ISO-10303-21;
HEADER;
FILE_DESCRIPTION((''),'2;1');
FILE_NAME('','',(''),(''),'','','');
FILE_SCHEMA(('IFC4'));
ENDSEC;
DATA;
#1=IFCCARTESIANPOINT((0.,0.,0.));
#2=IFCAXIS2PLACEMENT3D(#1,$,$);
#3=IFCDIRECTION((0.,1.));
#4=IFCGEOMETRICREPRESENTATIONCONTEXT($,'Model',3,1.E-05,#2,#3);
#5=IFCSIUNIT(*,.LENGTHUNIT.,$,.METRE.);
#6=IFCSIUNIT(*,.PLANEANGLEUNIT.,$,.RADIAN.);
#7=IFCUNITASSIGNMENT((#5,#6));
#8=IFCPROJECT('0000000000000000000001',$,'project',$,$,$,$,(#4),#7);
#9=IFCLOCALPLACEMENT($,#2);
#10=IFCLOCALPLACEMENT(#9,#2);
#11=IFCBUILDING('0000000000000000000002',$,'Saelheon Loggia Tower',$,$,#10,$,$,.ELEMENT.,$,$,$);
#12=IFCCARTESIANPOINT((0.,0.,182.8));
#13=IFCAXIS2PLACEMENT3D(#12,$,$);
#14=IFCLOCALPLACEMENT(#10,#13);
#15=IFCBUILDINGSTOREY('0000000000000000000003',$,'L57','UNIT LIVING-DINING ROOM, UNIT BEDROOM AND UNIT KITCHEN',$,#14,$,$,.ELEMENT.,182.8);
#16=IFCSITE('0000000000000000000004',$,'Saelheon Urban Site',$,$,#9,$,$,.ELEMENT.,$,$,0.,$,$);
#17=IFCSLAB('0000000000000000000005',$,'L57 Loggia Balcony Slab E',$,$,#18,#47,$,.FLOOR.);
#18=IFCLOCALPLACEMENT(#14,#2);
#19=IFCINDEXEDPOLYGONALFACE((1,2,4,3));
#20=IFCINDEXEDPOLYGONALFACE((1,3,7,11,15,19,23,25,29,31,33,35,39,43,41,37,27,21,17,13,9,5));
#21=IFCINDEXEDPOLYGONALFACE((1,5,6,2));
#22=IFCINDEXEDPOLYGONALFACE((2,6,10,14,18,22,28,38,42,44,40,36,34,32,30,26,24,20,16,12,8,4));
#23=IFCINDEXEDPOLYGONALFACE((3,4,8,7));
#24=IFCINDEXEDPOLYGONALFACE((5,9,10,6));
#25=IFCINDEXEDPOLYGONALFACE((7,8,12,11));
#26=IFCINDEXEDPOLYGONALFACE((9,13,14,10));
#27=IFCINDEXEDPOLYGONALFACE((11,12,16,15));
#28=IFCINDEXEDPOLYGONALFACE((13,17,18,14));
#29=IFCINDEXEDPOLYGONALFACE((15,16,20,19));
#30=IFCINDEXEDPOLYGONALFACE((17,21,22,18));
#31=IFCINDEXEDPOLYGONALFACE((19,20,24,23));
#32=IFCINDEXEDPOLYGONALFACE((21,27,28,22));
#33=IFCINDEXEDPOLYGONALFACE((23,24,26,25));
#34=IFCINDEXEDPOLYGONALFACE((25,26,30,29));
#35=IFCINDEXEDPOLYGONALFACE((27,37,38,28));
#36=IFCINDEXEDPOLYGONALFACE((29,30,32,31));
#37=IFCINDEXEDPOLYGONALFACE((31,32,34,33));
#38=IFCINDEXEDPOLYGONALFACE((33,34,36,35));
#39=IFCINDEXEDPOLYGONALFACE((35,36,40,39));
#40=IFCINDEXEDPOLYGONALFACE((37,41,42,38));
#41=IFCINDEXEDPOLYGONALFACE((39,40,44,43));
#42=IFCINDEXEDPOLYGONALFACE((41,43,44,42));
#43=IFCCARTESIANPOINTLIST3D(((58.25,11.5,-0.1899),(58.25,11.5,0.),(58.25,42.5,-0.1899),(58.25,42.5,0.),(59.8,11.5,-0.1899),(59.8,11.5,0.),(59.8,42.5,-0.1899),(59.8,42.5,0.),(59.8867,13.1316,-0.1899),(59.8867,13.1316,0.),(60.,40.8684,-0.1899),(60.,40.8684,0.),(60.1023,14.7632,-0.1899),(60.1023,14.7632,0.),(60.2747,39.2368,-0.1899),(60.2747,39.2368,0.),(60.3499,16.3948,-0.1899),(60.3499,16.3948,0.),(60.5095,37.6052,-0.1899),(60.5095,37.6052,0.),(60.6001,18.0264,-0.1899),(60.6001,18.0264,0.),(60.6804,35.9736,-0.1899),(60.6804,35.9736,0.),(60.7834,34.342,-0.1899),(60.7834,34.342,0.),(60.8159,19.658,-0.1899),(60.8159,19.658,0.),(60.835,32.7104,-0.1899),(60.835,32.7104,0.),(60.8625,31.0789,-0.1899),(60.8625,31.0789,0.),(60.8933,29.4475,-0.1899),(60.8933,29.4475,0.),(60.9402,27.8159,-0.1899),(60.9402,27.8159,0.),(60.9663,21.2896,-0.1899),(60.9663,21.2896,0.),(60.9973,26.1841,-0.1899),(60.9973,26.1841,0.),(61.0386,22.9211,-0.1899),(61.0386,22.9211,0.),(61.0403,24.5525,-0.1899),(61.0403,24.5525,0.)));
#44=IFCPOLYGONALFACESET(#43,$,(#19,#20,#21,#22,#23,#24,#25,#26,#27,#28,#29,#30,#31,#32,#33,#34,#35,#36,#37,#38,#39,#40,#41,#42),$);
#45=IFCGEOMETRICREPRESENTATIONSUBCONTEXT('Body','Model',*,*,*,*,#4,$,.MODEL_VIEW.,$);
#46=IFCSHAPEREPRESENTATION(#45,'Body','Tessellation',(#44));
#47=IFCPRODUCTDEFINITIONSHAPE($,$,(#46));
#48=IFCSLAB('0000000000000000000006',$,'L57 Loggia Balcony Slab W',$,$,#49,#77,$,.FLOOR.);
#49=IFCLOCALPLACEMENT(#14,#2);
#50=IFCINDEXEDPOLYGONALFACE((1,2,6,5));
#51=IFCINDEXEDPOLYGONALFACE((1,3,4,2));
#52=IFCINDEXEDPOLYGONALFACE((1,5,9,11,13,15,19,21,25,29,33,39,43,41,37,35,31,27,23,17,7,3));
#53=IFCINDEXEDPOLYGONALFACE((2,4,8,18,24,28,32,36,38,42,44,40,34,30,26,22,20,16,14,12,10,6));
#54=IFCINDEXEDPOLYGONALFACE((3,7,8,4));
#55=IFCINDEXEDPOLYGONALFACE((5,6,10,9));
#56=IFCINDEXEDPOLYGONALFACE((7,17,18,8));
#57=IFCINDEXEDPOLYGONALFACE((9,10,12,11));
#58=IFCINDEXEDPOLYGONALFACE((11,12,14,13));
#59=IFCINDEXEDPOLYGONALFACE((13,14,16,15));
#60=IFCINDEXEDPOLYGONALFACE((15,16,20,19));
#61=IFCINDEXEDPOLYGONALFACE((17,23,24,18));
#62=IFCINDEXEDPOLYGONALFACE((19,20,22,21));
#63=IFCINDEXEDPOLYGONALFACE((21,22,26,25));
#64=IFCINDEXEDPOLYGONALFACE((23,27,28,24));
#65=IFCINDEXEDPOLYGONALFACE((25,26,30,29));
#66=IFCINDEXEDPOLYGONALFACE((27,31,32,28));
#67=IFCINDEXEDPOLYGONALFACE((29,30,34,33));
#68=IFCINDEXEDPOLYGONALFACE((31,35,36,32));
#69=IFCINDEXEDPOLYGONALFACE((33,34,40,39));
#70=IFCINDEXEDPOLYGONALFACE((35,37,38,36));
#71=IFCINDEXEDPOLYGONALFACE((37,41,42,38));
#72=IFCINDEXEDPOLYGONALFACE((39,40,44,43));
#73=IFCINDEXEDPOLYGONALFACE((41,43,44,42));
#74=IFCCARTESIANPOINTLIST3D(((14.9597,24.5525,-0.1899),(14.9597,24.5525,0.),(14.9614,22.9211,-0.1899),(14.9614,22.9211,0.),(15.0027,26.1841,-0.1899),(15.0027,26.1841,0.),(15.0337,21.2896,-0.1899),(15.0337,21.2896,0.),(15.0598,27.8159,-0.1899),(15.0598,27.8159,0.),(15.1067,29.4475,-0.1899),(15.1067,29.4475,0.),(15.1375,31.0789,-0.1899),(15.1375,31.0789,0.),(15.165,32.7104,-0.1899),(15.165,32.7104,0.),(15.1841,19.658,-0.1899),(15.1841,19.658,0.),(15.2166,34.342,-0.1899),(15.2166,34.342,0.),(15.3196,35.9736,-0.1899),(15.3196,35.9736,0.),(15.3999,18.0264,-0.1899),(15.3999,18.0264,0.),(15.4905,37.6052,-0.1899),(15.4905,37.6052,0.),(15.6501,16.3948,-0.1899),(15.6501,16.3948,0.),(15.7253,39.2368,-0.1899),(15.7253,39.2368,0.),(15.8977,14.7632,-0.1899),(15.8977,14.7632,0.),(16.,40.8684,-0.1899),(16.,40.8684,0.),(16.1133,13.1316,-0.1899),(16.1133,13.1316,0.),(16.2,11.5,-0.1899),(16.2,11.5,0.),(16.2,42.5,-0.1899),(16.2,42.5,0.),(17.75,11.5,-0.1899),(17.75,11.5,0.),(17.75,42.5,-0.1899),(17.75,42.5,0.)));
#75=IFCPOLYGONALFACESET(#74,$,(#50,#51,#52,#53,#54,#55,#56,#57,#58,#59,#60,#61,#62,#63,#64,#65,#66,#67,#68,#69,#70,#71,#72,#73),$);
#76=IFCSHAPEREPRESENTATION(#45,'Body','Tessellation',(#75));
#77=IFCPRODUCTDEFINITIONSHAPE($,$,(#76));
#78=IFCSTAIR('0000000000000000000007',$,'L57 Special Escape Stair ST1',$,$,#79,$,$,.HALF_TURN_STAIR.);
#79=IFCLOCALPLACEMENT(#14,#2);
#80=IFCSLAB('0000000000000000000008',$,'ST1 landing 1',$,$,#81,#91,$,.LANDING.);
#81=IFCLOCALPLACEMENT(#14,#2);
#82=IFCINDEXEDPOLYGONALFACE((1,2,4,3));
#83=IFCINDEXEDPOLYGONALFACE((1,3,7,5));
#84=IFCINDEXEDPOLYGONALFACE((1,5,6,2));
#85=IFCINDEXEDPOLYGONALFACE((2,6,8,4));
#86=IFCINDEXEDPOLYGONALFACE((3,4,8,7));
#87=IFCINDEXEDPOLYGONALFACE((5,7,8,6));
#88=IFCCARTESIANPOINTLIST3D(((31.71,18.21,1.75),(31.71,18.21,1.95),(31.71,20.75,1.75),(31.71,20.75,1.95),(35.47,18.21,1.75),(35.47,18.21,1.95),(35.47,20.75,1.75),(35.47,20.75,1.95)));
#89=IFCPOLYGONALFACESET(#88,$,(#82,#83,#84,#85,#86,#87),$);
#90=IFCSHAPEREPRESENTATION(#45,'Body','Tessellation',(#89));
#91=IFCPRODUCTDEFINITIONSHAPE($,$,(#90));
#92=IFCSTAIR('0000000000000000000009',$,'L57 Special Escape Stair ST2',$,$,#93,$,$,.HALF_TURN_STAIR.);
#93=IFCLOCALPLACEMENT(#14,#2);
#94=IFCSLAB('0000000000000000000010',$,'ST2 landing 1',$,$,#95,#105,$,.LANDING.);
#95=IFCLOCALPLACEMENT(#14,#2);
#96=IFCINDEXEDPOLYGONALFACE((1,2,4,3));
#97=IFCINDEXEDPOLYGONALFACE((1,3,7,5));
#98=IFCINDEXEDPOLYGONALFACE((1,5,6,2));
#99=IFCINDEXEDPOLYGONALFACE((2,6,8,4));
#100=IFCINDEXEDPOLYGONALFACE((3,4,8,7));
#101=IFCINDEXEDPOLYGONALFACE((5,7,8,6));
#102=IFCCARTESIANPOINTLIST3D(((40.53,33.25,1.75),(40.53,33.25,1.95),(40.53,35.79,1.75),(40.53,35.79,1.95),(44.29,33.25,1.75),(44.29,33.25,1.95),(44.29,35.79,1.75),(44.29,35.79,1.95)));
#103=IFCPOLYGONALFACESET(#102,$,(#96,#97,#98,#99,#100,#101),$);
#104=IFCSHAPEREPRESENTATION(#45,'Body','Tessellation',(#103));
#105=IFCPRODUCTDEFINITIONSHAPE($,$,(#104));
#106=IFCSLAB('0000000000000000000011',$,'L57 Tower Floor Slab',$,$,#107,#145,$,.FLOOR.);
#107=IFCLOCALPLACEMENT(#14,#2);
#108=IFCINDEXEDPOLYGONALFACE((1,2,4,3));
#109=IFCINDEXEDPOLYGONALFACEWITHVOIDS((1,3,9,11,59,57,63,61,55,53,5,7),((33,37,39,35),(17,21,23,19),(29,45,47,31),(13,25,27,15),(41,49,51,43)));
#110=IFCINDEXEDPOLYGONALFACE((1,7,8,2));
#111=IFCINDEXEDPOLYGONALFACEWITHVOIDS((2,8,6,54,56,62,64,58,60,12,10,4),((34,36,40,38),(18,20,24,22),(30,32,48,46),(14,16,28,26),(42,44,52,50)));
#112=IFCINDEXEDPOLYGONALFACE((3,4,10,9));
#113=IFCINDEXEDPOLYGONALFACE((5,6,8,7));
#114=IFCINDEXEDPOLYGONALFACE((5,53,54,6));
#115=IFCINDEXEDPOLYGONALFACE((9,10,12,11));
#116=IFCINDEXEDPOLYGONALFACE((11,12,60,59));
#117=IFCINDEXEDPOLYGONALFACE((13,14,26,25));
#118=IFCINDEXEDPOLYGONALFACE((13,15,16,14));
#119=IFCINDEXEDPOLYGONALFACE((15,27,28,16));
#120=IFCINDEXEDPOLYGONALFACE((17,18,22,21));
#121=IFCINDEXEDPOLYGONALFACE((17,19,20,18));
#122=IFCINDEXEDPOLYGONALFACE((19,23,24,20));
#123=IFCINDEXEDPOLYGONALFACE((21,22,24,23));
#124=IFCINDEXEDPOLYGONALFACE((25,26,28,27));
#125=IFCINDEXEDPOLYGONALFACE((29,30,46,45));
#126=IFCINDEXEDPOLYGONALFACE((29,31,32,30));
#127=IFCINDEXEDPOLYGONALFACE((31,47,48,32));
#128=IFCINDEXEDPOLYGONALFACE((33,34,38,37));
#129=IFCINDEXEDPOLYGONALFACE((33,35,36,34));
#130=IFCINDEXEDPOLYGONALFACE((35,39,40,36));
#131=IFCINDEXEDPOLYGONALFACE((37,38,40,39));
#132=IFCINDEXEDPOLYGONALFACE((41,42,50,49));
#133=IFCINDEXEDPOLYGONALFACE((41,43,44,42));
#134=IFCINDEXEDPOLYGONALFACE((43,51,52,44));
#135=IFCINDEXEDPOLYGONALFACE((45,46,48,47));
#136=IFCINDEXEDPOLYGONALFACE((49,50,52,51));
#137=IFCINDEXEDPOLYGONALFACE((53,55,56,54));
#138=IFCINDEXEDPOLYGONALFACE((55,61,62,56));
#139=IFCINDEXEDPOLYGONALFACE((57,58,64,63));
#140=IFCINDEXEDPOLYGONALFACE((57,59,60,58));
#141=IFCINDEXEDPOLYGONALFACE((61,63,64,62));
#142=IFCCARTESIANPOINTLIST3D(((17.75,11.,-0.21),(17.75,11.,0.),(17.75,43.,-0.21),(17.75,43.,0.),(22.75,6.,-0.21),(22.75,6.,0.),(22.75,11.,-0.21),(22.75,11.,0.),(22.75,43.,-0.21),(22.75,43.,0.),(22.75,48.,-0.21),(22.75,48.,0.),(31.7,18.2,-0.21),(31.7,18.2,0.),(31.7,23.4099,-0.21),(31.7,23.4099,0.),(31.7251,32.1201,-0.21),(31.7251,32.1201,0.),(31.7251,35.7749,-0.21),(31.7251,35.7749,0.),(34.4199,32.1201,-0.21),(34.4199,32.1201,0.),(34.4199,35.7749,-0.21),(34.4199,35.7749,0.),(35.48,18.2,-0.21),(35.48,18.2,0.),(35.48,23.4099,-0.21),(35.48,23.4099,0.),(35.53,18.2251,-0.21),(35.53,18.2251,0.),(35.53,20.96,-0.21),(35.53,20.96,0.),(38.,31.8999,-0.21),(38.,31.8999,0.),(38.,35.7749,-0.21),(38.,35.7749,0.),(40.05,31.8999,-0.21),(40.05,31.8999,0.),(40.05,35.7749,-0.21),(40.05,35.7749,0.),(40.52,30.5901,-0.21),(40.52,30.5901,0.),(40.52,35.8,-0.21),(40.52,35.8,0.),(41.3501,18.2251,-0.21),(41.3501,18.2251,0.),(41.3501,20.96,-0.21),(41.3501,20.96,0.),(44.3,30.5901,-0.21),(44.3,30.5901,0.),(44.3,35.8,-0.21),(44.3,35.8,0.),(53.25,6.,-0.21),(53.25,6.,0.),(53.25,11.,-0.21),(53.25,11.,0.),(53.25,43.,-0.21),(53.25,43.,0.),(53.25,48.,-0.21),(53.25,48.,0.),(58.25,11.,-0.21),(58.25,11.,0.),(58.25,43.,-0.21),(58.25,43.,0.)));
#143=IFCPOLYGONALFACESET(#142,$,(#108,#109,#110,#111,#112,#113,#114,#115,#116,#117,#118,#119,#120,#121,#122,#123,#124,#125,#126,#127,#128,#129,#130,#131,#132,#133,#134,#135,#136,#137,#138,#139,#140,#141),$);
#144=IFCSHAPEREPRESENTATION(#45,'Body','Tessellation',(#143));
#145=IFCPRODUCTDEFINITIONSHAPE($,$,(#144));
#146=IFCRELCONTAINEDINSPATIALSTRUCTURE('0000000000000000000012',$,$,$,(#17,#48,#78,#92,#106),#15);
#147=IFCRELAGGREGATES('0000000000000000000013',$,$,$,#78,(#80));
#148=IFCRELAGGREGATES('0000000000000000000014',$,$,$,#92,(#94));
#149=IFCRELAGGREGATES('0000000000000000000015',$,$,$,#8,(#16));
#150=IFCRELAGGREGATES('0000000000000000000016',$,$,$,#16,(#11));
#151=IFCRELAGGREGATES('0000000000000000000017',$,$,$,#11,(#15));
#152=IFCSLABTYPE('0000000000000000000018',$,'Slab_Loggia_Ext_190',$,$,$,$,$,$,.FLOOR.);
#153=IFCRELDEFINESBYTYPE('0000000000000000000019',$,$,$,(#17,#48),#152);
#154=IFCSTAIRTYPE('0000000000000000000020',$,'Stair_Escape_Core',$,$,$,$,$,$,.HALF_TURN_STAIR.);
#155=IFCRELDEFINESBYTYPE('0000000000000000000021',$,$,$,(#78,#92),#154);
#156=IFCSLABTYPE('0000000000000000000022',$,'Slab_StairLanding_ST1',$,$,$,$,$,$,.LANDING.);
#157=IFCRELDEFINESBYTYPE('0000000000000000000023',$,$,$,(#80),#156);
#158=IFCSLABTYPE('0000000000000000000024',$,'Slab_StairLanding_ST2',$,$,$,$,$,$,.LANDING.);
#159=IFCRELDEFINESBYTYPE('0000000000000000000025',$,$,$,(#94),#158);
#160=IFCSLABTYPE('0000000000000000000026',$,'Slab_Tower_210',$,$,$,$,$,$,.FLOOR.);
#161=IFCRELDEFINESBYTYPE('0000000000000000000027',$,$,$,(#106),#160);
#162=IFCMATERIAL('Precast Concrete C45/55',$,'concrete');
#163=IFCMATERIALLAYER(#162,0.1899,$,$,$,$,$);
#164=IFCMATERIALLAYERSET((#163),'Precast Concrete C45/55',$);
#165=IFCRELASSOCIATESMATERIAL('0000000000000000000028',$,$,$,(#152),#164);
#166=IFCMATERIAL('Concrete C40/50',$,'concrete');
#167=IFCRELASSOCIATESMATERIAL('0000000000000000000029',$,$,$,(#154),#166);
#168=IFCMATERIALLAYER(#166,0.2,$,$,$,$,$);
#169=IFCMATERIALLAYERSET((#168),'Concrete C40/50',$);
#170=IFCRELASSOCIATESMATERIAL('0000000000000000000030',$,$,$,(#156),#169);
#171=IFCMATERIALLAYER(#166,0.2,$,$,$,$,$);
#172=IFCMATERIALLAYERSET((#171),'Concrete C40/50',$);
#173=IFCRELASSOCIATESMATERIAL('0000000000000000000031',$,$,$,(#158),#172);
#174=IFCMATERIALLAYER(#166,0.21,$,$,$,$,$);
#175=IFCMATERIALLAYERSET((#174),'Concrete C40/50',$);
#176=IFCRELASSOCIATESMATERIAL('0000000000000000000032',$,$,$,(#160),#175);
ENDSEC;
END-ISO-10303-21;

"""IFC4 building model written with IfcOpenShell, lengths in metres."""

from ifc_helpers import new_model, si_unit, direction, frame, origin, place, context, subcontext, project, spatial, polyline, outline, extrude, material, layer, layer_set, type_object, element, aggregate, save


model = new_model("IFC4")

# Units and contexts
model_context = context("Model", 3, precision=1e-05, world=origin(), true_north=direction((0.0, 1.0)))
body_context = subcontext(model_context, "Body", "Model", "MODEL_VIEW")
ifc_project = project(units=[si_unit("LENGTHUNIT", "METRE"), si_unit("PLANEANGLEUNIT", "RADIAN")], contexts=[model_context])

# Site, building, storey
site_placement = place(None, origin())
site = spatial("IfcSite", under=ifc_project, at=site_placement, Name="Saelheon Urban Site", CompositionType="ELEMENT", RefElevation=0.0)
building_placement = place(site_placement, origin())
building = spatial("IfcBuilding", under=site, at=building_placement, Name="Saelheon Loggia Tower", CompositionType="ELEMENT")
storey_placement = place(building_placement, frame((0.0, 0.0, 182.8)))
storey = spatial("IfcBuildingStorey", under=building, at=storey_placement, Name="L57", Description="UNIT LIVING-DINING ROOM, UNIT BEDROOM AND UNIT KITCHEN", CompositionType="ELEMENT", Elevation=182.8)

# Shared definitions
ifc_material_1 = material(Name="Precast Concrete C45/55", Category="concrete")

# Slabs
ifc_layer_1 = layer(ifc_material_1, 0.1899)
ifc_layer_set_1 = layer_set([ifc_layer_1], Name="Precast Concrete C45/55")
slab_type_1 = type_object("IfcSlabType", Name="Slab_Loggia_Ext_190", PredefinedType="FLOOR", material=ifc_layer_set_1)
slab_1_placement = place(storey_placement, frame((0.0, 0.0, -0.1899)))
element("IfcSlab", 1, at=slab_1_placement, inside=storey, type_object=slab_type_1, Name="L57 Loggia Balcony Slab E", PredefinedType="FLOOR", context=body_context, shape_type="SweptSolid", body=[
    extrude(outline(polyline([(58.25, 11.5), (59.8, 11.5), (59.8867, 13.1316), (60.1023, 14.7632), (60.3499, 16.3948), (60.6001, 18.0264), (60.8159, 19.658), (60.9663, 21.2896), (61.0386, 22.9211), (61.0403, 24.5525), (60.9973, 26.1841), (60.9402, 27.8159), (60.8933, 29.4475), (60.8625, 31.0789), (60.835, 32.7104), (60.7834, 34.342), (60.6804, 35.9736), (60.5095, 37.6052), (60.2747, 39.2368), (60.0, 40.8684), (59.8, 42.5), (58.25, 42.5), (58.25, 11.5)])), origin(), (0.0, 0.0, 1.0), 0.1899),
])
slab_2_placement = place(storey_placement, frame((0.0, 0.0, -0.1899)))
element("IfcSlab", 2, at=slab_2_placement, inside=storey, type_object=slab_type_1, Name="L57 Loggia Balcony Slab W", PredefinedType="FLOOR", context=body_context, shape_type="SweptSolid", body=[
    extrude(outline(polyline([(17.75, 11.5), (17.75, 42.5), (16.2, 42.5), (16.0, 40.8684), (15.7253, 39.2368), (15.4905, 37.6052), (15.3196, 35.9736), (15.2166, 34.342), (15.165, 32.7104), (15.1375, 31.0789), (15.1067, 29.4475), (15.0598, 27.8159), (15.0027, 26.1841), (14.9597, 24.5525), (14.9614, 22.9211), (15.0337, 21.2896), (15.1841, 19.658), (15.3999, 18.0264), (15.6501, 16.3948), (15.8977, 14.7632), (16.1133, 13.1316), (16.2, 11.5), (17.75, 11.5)])), origin(), (0.0, 0.0, 1.0), 0.1899),
])

# Stairs, slabs
ifc_material_2 = material(Name="Concrete C40/50", Category="concrete")
stair_type = type_object("IfcStairType", Name="Stair_Escape_Core", PredefinedType="HALF_TURN_STAIR", material=ifc_material_2)
stair_1_placement = place(storey_placement, origin())
stair_1 = element("IfcStair", 3, at=stair_1_placement, inside=storey, type_object=stair_type, Name="L57 Special Escape Stair ST1", PredefinedType="HALF_TURN_STAIR")
ifc_layer_2 = layer(ifc_material_2, 0.2)
ifc_layer_set_2 = layer_set([ifc_layer_2], Name="Concrete C40/50")
slab_type_2 = type_object("IfcSlabType", Name="Slab_StairLanding_ST1", PredefinedType="LANDING", material=ifc_layer_set_2)
slab_3_placement = place(storey_placement, frame((0.0, 0.0, 1.75)))
slab_3 = element("IfcSlab", 4, at=slab_3_placement, type_object=slab_type_2, Name="ST1 landing 1", PredefinedType="LANDING", context=body_context, shape_type="SweptSolid", body=[
    extrude(outline(polyline([(31.71, 20.75), (31.71, 18.21), (35.47, 18.21), (35.47, 20.75), (31.71, 20.75)])), origin(), (0.0, 0.0, 1.0), 0.2),
])
aggregate(stair_1, [slab_3])
stair_2_placement = place(storey_placement, origin())
stair_2 = element("IfcStair", 5, at=stair_2_placement, inside=storey, type_object=stair_type, Name="L57 Special Escape Stair ST2", PredefinedType="HALF_TURN_STAIR")
ifc_layer_3 = layer(ifc_material_2, 0.2)
ifc_layer_set_3 = layer_set([ifc_layer_3], Name="Concrete C40/50")
slab_type_3 = type_object("IfcSlabType", Name="Slab_StairLanding_ST2", PredefinedType="LANDING", material=ifc_layer_set_3)
slab_4_placement = place(storey_placement, frame((0.0, 0.0, 1.75)))
slab_4 = element("IfcSlab", 6, at=slab_4_placement, type_object=slab_type_3, Name="ST2 landing 1", PredefinedType="LANDING", context=body_context, shape_type="SweptSolid", body=[
    extrude(outline(polyline([(44.29, 33.25), (44.29, 35.79), (40.53, 35.79), (40.53, 33.25), (44.29, 33.25)])), origin(), (0.0, 0.0, 1.0), 0.2),
])
aggregate(stair_2, [slab_4])

# Slab
ifc_layer_4 = layer(ifc_material_2, 0.21)
ifc_layer_set_4 = layer_set([ifc_layer_4], Name="Concrete C40/50")
slab_type_4 = type_object("IfcSlabType", Name="Slab_Tower_210", PredefinedType="FLOOR", material=ifc_layer_set_4)
slab_5_placement = place(storey_placement, frame((0.0, 0.0, -0.21)))
element("IfcSlab", 7, at=slab_5_placement, inside=storey, type_object=slab_type_4, Name="L57 Tower Floor Slab", PredefinedType="FLOOR", context=body_context, shape_type="SweptSolid", body=[
    extrude(outline(polyline([(22.75, 6.0), (53.25, 6.0), (53.25, 11.0), (58.25, 11.0), (58.25, 43.0), (53.25, 43.0), (53.25, 48.0), (22.75, 48.0), (22.75, 43.0), (17.75, 43.0), (17.75, 11.0), (22.75, 11.0), (22.75, 6.0)]), holes=[polyline([(31.7, 23.4099), (31.7, 18.2), (35.48, 18.2), (35.48, 23.4099), (31.7, 23.4099)]), polyline([(44.3, 30.5901), (44.3, 35.8), (40.52, 35.8), (40.52, 30.5901), (44.3, 30.5901)]), polyline([(35.53, 18.2251), (41.3501, 18.2251), (41.3501, 20.96), (35.53, 20.96), (35.53, 18.2251)]), polyline([(31.7251, 32.1201), (34.4199, 32.1201), (34.4199, 35.7749), (31.7251, 35.7749), (31.7251, 32.1201)]), polyline([(38.0, 31.8999), (40.05, 31.8999), (40.05, 35.7749), (38.0, 35.7749), (38.0, 31.8999)])]), origin(), (0.0, 0.0, 1.0), 0.21),
])

save(model, "model.ifc")
